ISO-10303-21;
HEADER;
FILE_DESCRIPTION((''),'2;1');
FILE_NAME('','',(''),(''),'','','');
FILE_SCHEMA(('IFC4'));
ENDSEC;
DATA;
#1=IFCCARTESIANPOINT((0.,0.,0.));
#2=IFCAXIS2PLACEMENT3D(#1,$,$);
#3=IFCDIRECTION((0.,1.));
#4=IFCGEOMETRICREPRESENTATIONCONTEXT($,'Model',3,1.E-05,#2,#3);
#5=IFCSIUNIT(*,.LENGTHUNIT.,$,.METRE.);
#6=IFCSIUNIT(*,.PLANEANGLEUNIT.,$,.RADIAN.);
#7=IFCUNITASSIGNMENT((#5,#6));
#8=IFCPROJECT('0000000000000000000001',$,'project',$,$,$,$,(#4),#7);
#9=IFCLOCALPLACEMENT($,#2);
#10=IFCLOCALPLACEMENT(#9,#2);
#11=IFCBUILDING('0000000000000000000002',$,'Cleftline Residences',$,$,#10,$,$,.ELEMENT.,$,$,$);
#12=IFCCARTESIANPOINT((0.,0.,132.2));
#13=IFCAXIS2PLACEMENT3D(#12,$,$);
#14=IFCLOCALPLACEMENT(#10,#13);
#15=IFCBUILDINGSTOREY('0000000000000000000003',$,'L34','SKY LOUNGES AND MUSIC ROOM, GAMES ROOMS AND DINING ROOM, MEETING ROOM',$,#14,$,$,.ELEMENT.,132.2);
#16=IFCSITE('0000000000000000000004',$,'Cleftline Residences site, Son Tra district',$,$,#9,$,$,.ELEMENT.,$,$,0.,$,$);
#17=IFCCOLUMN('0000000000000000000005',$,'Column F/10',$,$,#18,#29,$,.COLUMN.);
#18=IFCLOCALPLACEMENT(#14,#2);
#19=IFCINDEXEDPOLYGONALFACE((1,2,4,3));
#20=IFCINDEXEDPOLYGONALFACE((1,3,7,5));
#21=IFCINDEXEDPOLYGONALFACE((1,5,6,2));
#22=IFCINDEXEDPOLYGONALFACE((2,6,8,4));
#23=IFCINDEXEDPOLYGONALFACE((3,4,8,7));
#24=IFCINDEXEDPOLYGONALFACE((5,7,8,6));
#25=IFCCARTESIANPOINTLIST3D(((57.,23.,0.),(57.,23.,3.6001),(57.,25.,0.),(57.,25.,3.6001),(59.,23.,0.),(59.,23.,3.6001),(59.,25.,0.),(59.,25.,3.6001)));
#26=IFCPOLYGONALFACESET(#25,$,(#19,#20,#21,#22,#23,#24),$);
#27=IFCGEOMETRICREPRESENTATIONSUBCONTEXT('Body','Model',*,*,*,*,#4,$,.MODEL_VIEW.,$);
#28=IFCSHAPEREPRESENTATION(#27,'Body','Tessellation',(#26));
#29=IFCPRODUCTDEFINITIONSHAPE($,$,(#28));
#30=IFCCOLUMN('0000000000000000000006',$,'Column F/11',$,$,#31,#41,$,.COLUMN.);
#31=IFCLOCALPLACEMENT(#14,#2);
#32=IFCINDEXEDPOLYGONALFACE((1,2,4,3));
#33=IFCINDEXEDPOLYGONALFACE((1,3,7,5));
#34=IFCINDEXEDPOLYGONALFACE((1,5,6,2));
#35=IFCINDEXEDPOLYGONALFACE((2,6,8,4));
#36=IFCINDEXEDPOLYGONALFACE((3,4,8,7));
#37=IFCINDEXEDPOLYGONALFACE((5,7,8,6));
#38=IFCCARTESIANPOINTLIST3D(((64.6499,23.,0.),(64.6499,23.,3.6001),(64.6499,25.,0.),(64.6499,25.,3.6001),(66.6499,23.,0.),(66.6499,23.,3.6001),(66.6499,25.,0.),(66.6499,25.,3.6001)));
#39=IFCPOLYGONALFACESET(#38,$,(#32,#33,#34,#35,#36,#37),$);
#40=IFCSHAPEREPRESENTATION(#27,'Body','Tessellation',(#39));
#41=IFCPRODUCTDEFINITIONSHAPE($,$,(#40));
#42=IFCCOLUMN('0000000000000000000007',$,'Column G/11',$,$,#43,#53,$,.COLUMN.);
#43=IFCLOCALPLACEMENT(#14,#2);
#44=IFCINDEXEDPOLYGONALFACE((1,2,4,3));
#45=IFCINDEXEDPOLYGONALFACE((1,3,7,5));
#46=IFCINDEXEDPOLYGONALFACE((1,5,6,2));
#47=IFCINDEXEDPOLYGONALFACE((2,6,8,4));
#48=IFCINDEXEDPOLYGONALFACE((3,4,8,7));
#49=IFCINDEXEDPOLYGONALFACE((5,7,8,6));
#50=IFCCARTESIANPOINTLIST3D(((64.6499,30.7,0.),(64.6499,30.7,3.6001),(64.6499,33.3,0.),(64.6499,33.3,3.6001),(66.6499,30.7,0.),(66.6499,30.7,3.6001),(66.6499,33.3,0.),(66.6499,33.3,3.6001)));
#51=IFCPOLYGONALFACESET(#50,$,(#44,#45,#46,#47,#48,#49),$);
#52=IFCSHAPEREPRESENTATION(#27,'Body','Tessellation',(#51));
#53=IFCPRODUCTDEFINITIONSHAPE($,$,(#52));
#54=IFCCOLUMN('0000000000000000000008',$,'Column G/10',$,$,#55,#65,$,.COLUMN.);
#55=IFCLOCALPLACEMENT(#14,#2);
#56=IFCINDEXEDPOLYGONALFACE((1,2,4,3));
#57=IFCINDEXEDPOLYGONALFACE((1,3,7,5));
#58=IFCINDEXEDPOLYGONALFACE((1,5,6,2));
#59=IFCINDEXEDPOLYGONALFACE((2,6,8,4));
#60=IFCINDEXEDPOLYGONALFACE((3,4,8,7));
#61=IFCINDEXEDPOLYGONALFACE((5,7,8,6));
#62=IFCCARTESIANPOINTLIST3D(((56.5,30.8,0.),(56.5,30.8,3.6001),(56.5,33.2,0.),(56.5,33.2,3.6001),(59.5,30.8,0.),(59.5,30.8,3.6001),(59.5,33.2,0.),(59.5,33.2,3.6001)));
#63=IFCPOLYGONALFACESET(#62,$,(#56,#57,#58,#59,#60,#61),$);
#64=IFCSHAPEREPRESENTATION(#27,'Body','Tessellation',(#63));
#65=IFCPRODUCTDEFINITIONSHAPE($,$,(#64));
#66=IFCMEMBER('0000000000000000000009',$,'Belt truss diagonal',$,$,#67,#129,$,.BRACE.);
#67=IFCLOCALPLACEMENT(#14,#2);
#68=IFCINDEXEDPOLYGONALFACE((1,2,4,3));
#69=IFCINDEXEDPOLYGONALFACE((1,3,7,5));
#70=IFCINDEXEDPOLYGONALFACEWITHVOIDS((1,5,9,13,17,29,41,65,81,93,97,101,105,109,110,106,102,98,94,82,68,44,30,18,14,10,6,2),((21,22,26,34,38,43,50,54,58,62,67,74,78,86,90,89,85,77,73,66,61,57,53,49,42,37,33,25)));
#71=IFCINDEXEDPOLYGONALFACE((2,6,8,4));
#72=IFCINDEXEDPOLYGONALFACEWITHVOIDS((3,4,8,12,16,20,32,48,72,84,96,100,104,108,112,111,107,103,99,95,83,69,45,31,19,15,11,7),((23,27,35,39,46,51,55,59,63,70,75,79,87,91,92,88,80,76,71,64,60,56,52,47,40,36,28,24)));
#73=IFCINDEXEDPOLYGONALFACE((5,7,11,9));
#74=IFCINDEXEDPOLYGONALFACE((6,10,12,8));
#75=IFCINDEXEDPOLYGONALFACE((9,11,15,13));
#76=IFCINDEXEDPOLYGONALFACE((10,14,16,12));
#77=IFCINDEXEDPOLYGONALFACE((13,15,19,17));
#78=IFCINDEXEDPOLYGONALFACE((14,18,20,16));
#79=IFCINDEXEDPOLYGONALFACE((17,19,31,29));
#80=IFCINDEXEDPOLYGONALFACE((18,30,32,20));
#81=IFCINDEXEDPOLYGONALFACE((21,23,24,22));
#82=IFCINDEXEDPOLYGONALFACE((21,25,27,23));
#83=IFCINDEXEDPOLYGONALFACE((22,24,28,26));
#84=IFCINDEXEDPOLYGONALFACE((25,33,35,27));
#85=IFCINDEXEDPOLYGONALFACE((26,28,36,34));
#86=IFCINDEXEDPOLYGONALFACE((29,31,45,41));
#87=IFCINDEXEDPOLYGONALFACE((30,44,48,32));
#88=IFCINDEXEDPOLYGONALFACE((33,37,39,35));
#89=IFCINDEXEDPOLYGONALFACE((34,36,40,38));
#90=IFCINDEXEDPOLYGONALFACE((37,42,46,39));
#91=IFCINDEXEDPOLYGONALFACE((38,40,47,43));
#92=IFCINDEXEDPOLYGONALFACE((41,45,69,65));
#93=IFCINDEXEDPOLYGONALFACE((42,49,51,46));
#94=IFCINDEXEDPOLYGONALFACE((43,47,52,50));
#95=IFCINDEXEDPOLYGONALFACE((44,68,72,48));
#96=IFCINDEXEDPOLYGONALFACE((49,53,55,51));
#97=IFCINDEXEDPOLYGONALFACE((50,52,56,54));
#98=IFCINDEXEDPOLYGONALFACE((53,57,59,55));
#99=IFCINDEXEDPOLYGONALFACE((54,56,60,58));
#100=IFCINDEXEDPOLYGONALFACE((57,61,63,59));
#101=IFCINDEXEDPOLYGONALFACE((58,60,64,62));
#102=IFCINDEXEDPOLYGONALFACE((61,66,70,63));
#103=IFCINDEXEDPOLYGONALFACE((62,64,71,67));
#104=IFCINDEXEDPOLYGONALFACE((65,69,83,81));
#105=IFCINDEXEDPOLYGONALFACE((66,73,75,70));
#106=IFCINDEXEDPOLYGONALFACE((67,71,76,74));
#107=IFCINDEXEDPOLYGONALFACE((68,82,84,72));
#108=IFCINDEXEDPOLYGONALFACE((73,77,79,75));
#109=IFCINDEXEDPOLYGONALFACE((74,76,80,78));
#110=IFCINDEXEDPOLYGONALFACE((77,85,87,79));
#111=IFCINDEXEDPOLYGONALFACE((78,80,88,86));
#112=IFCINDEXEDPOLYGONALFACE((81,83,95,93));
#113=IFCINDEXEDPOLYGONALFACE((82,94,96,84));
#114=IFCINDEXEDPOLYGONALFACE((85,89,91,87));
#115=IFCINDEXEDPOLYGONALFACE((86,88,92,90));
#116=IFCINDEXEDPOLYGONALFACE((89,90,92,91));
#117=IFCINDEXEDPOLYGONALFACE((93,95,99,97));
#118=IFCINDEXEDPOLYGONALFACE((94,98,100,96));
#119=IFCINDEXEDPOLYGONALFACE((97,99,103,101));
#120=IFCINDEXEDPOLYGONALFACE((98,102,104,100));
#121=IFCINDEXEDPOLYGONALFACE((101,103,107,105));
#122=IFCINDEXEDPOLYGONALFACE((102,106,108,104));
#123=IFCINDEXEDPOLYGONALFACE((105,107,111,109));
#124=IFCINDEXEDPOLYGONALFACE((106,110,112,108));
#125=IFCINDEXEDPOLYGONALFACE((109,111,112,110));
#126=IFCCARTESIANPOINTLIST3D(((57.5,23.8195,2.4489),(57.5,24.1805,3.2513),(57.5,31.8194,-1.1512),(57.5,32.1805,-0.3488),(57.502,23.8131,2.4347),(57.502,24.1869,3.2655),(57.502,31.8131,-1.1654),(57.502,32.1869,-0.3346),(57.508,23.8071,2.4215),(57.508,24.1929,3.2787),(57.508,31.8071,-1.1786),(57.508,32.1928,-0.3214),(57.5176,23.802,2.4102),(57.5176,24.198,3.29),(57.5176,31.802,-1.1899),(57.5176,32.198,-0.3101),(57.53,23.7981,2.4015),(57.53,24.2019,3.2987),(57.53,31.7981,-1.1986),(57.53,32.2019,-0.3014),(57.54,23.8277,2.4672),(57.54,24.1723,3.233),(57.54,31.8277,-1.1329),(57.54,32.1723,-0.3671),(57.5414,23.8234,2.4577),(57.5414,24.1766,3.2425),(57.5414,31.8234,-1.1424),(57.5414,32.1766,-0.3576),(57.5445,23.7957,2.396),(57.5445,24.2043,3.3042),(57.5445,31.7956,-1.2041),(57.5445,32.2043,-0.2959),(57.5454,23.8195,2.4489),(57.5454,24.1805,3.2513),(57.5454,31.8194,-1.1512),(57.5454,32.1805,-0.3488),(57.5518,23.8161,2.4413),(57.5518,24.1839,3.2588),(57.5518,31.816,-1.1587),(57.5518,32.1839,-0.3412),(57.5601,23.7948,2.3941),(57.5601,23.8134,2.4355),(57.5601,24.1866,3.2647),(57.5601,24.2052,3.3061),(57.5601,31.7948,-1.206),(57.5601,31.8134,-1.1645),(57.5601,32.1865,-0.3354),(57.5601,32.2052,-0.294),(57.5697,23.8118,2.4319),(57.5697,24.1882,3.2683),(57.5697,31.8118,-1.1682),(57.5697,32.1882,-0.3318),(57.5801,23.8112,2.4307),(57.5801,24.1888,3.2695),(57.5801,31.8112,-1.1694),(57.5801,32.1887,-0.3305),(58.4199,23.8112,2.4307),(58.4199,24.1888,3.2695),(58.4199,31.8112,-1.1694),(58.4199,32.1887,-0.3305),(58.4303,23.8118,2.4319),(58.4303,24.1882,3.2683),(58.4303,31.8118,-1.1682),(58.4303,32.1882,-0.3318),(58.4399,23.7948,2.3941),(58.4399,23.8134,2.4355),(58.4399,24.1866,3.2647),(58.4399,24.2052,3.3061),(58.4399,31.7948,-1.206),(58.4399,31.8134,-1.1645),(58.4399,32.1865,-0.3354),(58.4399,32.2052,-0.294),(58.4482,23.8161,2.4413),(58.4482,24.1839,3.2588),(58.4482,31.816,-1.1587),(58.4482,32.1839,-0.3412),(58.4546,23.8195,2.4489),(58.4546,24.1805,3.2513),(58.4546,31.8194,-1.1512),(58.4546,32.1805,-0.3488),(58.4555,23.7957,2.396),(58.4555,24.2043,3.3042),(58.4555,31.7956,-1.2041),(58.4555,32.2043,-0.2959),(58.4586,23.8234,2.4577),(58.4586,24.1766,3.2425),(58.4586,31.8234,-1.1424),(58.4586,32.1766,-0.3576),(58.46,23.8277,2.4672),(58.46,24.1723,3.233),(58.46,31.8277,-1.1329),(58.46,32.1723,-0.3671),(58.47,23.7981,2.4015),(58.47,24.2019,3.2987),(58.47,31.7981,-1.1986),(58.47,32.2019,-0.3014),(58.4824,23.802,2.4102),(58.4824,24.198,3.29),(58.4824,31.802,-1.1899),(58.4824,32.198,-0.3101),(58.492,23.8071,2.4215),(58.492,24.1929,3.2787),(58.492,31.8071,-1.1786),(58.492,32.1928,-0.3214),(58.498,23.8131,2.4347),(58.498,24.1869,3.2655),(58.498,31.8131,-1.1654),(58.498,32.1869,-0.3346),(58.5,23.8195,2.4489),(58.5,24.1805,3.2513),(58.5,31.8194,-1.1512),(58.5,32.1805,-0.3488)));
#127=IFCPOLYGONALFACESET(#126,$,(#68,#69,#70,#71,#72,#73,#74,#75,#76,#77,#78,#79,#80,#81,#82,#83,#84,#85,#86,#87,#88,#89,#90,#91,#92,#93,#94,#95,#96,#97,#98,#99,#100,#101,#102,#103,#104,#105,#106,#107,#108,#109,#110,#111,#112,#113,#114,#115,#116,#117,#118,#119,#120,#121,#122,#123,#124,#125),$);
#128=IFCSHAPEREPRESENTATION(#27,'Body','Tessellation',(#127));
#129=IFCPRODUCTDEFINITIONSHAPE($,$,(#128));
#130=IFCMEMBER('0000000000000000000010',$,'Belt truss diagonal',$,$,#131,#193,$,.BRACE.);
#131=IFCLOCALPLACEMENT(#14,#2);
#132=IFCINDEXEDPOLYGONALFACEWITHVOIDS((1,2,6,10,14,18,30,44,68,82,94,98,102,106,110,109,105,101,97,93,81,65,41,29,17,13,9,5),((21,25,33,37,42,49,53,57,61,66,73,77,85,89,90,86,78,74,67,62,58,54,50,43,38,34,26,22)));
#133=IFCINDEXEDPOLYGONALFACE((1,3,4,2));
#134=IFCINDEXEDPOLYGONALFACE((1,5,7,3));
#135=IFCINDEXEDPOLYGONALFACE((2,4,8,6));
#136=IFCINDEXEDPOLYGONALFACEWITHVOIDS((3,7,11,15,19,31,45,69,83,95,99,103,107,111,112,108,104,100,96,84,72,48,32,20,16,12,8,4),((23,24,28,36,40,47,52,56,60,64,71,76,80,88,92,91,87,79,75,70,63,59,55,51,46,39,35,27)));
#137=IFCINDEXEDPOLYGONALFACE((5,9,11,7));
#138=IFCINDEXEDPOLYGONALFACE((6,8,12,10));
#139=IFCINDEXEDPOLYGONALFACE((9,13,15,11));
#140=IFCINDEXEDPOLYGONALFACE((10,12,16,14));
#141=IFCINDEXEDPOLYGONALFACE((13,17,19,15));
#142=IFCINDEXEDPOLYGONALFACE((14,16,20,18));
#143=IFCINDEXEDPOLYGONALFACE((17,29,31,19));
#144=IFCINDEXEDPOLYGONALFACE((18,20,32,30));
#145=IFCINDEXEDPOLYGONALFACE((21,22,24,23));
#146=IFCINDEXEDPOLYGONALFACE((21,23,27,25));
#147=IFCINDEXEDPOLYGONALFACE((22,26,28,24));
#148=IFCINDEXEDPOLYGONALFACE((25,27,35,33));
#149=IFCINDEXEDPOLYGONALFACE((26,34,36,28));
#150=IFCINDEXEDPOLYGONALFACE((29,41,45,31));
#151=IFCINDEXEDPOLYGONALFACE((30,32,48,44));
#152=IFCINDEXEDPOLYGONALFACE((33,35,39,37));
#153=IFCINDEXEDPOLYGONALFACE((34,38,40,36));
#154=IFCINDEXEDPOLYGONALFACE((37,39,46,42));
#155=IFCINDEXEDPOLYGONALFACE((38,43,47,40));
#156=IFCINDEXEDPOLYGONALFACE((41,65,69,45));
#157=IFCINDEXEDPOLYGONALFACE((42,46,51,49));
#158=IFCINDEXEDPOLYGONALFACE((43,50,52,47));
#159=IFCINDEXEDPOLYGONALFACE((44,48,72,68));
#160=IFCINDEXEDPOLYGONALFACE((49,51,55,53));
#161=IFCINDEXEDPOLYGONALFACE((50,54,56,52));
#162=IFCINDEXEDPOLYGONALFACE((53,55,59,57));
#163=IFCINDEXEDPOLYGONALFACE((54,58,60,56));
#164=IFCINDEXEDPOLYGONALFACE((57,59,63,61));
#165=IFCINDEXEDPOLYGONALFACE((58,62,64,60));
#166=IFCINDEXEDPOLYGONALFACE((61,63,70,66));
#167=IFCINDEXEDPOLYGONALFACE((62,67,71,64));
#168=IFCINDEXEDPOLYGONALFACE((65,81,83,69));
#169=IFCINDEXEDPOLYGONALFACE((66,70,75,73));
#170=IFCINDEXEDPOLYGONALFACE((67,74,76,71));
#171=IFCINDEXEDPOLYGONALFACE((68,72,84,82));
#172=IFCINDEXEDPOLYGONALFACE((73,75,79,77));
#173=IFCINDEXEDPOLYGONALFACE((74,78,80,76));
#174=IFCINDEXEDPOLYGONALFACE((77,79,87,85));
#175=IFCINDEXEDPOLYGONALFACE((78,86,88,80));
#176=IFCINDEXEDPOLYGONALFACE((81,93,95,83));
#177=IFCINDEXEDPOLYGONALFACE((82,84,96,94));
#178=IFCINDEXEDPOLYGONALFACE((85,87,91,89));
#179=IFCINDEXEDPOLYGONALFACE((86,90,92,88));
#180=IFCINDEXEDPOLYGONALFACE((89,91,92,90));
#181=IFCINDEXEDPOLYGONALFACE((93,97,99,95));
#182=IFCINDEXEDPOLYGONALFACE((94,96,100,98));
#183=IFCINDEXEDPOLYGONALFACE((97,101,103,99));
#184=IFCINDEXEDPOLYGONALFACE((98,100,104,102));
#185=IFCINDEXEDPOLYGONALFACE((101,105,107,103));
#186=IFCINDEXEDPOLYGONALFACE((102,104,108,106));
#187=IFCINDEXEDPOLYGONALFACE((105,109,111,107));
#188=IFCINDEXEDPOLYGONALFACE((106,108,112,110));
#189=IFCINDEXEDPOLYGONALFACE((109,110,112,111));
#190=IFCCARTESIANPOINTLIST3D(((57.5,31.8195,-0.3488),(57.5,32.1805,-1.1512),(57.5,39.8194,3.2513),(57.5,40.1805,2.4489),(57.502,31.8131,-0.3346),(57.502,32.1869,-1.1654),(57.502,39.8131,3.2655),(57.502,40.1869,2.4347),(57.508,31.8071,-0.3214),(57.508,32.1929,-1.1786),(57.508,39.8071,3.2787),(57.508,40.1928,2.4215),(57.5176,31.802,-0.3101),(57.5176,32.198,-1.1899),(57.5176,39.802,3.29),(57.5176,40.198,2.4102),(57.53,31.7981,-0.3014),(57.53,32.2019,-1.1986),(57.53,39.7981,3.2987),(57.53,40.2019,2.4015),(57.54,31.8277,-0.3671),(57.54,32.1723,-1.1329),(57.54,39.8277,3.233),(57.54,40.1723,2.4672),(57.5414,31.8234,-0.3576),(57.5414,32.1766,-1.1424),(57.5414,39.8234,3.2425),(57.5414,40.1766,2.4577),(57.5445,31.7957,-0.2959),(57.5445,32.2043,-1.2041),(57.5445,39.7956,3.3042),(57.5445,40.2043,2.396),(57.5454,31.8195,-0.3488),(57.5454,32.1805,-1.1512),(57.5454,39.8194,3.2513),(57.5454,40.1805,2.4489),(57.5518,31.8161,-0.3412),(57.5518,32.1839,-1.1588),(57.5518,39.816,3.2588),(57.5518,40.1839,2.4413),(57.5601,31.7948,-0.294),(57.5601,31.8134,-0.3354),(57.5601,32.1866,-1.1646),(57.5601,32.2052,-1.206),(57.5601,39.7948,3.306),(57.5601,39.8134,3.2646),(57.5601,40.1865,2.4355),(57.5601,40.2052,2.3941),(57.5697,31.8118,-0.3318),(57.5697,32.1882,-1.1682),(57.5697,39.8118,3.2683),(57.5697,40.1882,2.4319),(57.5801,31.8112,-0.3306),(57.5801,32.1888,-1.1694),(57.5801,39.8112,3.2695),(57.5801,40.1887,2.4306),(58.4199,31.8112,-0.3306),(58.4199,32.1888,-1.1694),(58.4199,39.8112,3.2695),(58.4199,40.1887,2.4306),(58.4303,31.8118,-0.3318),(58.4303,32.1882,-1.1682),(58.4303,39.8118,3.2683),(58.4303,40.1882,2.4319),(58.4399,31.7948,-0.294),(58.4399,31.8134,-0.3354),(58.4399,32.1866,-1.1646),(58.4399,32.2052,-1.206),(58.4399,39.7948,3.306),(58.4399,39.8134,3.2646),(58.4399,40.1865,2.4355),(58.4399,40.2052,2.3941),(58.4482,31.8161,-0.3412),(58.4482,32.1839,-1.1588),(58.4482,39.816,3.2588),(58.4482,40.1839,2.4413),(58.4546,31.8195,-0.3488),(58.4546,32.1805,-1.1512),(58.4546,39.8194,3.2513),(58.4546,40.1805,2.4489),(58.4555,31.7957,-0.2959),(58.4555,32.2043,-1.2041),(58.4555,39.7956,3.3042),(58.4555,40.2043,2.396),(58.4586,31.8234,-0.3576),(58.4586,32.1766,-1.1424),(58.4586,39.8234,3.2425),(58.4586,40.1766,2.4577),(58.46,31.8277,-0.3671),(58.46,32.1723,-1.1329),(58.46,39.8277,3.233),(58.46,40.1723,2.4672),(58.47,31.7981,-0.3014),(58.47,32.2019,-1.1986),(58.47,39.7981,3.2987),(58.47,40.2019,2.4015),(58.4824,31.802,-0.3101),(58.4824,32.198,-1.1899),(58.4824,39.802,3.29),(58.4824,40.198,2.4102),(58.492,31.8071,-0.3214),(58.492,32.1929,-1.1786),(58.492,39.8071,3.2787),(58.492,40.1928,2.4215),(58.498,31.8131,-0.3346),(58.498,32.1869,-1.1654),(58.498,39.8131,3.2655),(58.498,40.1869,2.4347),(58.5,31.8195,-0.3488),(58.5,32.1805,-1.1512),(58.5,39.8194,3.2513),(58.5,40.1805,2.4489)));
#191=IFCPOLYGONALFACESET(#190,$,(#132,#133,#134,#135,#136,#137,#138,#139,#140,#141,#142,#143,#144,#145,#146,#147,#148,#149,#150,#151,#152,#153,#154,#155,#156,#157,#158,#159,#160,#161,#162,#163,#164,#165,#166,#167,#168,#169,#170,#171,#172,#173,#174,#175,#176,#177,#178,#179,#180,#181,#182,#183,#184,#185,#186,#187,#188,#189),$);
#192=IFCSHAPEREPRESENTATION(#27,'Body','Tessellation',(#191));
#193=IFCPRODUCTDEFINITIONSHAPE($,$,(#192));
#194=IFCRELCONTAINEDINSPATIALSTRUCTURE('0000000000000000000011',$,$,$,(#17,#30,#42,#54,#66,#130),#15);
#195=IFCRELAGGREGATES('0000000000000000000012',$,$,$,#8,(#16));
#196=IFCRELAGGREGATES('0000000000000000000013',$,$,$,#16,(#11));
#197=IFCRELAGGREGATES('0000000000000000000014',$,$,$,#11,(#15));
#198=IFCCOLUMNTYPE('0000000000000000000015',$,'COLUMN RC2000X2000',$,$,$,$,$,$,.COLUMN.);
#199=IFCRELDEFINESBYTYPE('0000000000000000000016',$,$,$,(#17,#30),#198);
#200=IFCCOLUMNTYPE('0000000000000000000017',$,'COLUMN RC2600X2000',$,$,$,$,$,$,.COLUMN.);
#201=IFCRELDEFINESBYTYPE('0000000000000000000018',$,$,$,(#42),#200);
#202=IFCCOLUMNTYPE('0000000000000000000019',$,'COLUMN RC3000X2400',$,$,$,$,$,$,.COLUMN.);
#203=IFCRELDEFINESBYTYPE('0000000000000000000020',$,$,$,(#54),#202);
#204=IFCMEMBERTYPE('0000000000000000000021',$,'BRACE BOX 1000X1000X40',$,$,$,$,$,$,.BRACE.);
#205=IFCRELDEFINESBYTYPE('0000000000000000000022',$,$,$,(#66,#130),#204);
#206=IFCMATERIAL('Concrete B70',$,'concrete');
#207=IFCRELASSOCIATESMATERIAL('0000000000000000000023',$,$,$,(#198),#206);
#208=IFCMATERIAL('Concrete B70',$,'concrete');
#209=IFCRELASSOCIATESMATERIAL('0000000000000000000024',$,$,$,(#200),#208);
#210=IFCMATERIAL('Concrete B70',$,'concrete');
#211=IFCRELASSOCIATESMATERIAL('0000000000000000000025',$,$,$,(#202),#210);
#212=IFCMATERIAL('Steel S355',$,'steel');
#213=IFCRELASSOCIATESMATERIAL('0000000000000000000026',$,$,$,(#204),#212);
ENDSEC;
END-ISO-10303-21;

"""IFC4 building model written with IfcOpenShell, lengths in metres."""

from ifc_helpers import new_model, si_unit, direction, frame, origin, origin_2d, place, context, subcontext, project, spatial, rectangle, hollow_rectangle, extrude, material, material_profile, profile_set, type_object, element, save


model = new_model("IFC4")

# Units and contexts
model_context = context("Model", 3, precision=1e-05, world=origin(), true_north=direction((0.0, 1.0)))
body_context = subcontext(model_context, "Body", "Model", "MODEL_VIEW")
ifc_project = project(units=[si_unit("LENGTHUNIT", "METRE"), si_unit("PLANEANGLEUNIT", "RADIAN")], contexts=[model_context])

# Site, building, storey
site_placement = place(None, origin())
site = spatial("IfcSite", under=ifc_project, at=site_placement, Name="Cleftline Residences site, Son Tra district", CompositionType="ELEMENT", RefElevation=0.0)
building_placement = place(site_placement, origin())
building = spatial("IfcBuilding", under=site, at=building_placement, Name="Cleftline Residences", CompositionType="ELEMENT")
storey_placement = place(building_placement, frame((0.0, 0.0, 132.2)))
storey = spatial("IfcBuildingStorey", under=building, at=storey_placement, Name="L34", Description="SKY LOUNGES AND MUSIC ROOM, GAMES ROOMS AND DINING ROOM, MEETING ROOM", CompositionType="ELEMENT", Elevation=132.2)

# Columns
ifc_material_1 = material(Name="Concrete B70", Category="concrete")
ifc_material_profile_1 = material_profile(ifc_material_1, rectangle(XDim=2.0, YDim=2.0, at=origin_2d()))
ifc_profile_set_1 = profile_set([ifc_material_profile_1], Name="Concrete B70")
column_type_1 = type_object("IfcColumnType", Name="COLUMN RC2000X2000", PredefinedType="COLUMN", material=ifc_profile_set_1)
for number, where, z_axis, x_axis, name in (
    (1, (58.0, 24.0, 0.0), (0.0, 0.0, 1.0), (1.0, 0.0, 0.0), "Column F/10"),
    (2, (65.6499, 24.0, 0.0), (0.0, 0.0, 1.0), (1.0, 0.0, 0.0), "Column F/11"),
):
    element("IfcColumn", number, at=place(storey_placement, frame(where, z_axis=z_axis, x_axis=x_axis)), inside=storey, type_object=column_type_1, Name=name, PredefinedType="COLUMN", context=body_context, shape_type="SweptSolid", body=[
        extrude(rectangle(XDim=2.0, YDim=2.0, at=origin_2d()), origin(), (0.0, 0.0, 1.0), 3.6001),
    ])
ifc_material_2 = material(Name="Concrete B70", Category="concrete")
ifc_material_profile_2 = material_profile(ifc_material_2, rectangle(XDim=2.6001, YDim=2.0, at=origin_2d()))
ifc_profile_set_2 = profile_set([ifc_material_profile_2], Name="Concrete B70")
column_type_2 = type_object("IfcColumnType", Name="COLUMN RC2600X2000", PredefinedType="COLUMN", material=ifc_profile_set_2)
column_1_placement = place(storey_placement, frame((65.6499, 32.0, 0.0), z_axis=(0.0, 0.0, 1.0), x_axis=(0.0, 1.0, 0.0)))
element("IfcColumn", 3, at=column_1_placement, inside=storey, type_object=column_type_2, Name="Column G/11", PredefinedType="COLUMN", context=body_context, shape_type="SweptSolid", body=[
    extrude(rectangle(XDim=2.6001, YDim=2.0, at=origin_2d()), origin(), (0.0, 0.0, 1.0), 3.6001),
])
ifc_material_3 = material(Name="Concrete B70", Category="concrete")
ifc_material_profile_3 = material_profile(ifc_material_3, rectangle(XDim=3.0, YDim=2.3999, at=origin_2d()))
ifc_profile_set_3 = profile_set([ifc_material_profile_3], Name="Concrete B70")
column_type_3 = type_object("IfcColumnType", Name="COLUMN RC3000X2400", PredefinedType="COLUMN", material=ifc_profile_set_3)
column_2_placement = place(storey_placement, frame((58.0, 32.0, 0.0), z_axis=(0.0, 0.0, 1.0), x_axis=(1.0, 0.0, 0.0)))
element("IfcColumn", 4, at=column_2_placement, inside=storey, type_object=column_type_3, Name="Column G/10", PredefinedType="COLUMN", context=body_context, shape_type="SweptSolid", body=[
    extrude(rectangle(XDim=3.0, YDim=2.3999, at=origin_2d()), origin(), (0.0, 0.0, 1.0), 3.6001),
])

# Members
ifc_material_4 = material(Name="Steel S355", Category="steel")
ifc_material_profile_4 = material_profile(ifc_material_4, hollow_rectangle(XDim=1.0, YDim=1.0, WallThickness=0.04, InnerFilletRadius=0.04, OuterFilletRadius=0.0601, at=origin_2d()))
ifc_profile_set_4 = profile_set([ifc_material_profile_4], Name="Steel S355")
member_type_1 = type_object("IfcMemberType", Name="BRACE BOX 1000X1000X40", PredefinedType="BRACE", material=ifc_profile_set_4)
for number, where, z_axis, x_axis, name in (
    (5, (58.0, 24.0, 2.8501), (0.0, 0.911917, -0.410374), (0.0, 0.410374, 0.911917), "Belt truss diagonal"),
    (6, (58.0, 32.0, -0.75), (0.0, 0.911917, 0.410374), (0.0, -0.410374, 0.911917), "Belt truss diagonal"),
):
    element("IfcMember", number, at=place(storey_placement, frame(where, z_axis=z_axis, x_axis=x_axis)), inside=storey, type_object=member_type_1, Name=name, PredefinedType="BRACE", context=body_context, shape_type="SweptSolid", body=[
        extrude(hollow_rectangle(XDim=1.0, YDim=1.0, WallThickness=0.04, InnerFilletRadius=0.04, OuterFilletRadius=0.0601, at=origin_2d()), origin(), (0.0, 0.0, 1.0), 8.7727),
    ])

save(model, "model.ifc")
